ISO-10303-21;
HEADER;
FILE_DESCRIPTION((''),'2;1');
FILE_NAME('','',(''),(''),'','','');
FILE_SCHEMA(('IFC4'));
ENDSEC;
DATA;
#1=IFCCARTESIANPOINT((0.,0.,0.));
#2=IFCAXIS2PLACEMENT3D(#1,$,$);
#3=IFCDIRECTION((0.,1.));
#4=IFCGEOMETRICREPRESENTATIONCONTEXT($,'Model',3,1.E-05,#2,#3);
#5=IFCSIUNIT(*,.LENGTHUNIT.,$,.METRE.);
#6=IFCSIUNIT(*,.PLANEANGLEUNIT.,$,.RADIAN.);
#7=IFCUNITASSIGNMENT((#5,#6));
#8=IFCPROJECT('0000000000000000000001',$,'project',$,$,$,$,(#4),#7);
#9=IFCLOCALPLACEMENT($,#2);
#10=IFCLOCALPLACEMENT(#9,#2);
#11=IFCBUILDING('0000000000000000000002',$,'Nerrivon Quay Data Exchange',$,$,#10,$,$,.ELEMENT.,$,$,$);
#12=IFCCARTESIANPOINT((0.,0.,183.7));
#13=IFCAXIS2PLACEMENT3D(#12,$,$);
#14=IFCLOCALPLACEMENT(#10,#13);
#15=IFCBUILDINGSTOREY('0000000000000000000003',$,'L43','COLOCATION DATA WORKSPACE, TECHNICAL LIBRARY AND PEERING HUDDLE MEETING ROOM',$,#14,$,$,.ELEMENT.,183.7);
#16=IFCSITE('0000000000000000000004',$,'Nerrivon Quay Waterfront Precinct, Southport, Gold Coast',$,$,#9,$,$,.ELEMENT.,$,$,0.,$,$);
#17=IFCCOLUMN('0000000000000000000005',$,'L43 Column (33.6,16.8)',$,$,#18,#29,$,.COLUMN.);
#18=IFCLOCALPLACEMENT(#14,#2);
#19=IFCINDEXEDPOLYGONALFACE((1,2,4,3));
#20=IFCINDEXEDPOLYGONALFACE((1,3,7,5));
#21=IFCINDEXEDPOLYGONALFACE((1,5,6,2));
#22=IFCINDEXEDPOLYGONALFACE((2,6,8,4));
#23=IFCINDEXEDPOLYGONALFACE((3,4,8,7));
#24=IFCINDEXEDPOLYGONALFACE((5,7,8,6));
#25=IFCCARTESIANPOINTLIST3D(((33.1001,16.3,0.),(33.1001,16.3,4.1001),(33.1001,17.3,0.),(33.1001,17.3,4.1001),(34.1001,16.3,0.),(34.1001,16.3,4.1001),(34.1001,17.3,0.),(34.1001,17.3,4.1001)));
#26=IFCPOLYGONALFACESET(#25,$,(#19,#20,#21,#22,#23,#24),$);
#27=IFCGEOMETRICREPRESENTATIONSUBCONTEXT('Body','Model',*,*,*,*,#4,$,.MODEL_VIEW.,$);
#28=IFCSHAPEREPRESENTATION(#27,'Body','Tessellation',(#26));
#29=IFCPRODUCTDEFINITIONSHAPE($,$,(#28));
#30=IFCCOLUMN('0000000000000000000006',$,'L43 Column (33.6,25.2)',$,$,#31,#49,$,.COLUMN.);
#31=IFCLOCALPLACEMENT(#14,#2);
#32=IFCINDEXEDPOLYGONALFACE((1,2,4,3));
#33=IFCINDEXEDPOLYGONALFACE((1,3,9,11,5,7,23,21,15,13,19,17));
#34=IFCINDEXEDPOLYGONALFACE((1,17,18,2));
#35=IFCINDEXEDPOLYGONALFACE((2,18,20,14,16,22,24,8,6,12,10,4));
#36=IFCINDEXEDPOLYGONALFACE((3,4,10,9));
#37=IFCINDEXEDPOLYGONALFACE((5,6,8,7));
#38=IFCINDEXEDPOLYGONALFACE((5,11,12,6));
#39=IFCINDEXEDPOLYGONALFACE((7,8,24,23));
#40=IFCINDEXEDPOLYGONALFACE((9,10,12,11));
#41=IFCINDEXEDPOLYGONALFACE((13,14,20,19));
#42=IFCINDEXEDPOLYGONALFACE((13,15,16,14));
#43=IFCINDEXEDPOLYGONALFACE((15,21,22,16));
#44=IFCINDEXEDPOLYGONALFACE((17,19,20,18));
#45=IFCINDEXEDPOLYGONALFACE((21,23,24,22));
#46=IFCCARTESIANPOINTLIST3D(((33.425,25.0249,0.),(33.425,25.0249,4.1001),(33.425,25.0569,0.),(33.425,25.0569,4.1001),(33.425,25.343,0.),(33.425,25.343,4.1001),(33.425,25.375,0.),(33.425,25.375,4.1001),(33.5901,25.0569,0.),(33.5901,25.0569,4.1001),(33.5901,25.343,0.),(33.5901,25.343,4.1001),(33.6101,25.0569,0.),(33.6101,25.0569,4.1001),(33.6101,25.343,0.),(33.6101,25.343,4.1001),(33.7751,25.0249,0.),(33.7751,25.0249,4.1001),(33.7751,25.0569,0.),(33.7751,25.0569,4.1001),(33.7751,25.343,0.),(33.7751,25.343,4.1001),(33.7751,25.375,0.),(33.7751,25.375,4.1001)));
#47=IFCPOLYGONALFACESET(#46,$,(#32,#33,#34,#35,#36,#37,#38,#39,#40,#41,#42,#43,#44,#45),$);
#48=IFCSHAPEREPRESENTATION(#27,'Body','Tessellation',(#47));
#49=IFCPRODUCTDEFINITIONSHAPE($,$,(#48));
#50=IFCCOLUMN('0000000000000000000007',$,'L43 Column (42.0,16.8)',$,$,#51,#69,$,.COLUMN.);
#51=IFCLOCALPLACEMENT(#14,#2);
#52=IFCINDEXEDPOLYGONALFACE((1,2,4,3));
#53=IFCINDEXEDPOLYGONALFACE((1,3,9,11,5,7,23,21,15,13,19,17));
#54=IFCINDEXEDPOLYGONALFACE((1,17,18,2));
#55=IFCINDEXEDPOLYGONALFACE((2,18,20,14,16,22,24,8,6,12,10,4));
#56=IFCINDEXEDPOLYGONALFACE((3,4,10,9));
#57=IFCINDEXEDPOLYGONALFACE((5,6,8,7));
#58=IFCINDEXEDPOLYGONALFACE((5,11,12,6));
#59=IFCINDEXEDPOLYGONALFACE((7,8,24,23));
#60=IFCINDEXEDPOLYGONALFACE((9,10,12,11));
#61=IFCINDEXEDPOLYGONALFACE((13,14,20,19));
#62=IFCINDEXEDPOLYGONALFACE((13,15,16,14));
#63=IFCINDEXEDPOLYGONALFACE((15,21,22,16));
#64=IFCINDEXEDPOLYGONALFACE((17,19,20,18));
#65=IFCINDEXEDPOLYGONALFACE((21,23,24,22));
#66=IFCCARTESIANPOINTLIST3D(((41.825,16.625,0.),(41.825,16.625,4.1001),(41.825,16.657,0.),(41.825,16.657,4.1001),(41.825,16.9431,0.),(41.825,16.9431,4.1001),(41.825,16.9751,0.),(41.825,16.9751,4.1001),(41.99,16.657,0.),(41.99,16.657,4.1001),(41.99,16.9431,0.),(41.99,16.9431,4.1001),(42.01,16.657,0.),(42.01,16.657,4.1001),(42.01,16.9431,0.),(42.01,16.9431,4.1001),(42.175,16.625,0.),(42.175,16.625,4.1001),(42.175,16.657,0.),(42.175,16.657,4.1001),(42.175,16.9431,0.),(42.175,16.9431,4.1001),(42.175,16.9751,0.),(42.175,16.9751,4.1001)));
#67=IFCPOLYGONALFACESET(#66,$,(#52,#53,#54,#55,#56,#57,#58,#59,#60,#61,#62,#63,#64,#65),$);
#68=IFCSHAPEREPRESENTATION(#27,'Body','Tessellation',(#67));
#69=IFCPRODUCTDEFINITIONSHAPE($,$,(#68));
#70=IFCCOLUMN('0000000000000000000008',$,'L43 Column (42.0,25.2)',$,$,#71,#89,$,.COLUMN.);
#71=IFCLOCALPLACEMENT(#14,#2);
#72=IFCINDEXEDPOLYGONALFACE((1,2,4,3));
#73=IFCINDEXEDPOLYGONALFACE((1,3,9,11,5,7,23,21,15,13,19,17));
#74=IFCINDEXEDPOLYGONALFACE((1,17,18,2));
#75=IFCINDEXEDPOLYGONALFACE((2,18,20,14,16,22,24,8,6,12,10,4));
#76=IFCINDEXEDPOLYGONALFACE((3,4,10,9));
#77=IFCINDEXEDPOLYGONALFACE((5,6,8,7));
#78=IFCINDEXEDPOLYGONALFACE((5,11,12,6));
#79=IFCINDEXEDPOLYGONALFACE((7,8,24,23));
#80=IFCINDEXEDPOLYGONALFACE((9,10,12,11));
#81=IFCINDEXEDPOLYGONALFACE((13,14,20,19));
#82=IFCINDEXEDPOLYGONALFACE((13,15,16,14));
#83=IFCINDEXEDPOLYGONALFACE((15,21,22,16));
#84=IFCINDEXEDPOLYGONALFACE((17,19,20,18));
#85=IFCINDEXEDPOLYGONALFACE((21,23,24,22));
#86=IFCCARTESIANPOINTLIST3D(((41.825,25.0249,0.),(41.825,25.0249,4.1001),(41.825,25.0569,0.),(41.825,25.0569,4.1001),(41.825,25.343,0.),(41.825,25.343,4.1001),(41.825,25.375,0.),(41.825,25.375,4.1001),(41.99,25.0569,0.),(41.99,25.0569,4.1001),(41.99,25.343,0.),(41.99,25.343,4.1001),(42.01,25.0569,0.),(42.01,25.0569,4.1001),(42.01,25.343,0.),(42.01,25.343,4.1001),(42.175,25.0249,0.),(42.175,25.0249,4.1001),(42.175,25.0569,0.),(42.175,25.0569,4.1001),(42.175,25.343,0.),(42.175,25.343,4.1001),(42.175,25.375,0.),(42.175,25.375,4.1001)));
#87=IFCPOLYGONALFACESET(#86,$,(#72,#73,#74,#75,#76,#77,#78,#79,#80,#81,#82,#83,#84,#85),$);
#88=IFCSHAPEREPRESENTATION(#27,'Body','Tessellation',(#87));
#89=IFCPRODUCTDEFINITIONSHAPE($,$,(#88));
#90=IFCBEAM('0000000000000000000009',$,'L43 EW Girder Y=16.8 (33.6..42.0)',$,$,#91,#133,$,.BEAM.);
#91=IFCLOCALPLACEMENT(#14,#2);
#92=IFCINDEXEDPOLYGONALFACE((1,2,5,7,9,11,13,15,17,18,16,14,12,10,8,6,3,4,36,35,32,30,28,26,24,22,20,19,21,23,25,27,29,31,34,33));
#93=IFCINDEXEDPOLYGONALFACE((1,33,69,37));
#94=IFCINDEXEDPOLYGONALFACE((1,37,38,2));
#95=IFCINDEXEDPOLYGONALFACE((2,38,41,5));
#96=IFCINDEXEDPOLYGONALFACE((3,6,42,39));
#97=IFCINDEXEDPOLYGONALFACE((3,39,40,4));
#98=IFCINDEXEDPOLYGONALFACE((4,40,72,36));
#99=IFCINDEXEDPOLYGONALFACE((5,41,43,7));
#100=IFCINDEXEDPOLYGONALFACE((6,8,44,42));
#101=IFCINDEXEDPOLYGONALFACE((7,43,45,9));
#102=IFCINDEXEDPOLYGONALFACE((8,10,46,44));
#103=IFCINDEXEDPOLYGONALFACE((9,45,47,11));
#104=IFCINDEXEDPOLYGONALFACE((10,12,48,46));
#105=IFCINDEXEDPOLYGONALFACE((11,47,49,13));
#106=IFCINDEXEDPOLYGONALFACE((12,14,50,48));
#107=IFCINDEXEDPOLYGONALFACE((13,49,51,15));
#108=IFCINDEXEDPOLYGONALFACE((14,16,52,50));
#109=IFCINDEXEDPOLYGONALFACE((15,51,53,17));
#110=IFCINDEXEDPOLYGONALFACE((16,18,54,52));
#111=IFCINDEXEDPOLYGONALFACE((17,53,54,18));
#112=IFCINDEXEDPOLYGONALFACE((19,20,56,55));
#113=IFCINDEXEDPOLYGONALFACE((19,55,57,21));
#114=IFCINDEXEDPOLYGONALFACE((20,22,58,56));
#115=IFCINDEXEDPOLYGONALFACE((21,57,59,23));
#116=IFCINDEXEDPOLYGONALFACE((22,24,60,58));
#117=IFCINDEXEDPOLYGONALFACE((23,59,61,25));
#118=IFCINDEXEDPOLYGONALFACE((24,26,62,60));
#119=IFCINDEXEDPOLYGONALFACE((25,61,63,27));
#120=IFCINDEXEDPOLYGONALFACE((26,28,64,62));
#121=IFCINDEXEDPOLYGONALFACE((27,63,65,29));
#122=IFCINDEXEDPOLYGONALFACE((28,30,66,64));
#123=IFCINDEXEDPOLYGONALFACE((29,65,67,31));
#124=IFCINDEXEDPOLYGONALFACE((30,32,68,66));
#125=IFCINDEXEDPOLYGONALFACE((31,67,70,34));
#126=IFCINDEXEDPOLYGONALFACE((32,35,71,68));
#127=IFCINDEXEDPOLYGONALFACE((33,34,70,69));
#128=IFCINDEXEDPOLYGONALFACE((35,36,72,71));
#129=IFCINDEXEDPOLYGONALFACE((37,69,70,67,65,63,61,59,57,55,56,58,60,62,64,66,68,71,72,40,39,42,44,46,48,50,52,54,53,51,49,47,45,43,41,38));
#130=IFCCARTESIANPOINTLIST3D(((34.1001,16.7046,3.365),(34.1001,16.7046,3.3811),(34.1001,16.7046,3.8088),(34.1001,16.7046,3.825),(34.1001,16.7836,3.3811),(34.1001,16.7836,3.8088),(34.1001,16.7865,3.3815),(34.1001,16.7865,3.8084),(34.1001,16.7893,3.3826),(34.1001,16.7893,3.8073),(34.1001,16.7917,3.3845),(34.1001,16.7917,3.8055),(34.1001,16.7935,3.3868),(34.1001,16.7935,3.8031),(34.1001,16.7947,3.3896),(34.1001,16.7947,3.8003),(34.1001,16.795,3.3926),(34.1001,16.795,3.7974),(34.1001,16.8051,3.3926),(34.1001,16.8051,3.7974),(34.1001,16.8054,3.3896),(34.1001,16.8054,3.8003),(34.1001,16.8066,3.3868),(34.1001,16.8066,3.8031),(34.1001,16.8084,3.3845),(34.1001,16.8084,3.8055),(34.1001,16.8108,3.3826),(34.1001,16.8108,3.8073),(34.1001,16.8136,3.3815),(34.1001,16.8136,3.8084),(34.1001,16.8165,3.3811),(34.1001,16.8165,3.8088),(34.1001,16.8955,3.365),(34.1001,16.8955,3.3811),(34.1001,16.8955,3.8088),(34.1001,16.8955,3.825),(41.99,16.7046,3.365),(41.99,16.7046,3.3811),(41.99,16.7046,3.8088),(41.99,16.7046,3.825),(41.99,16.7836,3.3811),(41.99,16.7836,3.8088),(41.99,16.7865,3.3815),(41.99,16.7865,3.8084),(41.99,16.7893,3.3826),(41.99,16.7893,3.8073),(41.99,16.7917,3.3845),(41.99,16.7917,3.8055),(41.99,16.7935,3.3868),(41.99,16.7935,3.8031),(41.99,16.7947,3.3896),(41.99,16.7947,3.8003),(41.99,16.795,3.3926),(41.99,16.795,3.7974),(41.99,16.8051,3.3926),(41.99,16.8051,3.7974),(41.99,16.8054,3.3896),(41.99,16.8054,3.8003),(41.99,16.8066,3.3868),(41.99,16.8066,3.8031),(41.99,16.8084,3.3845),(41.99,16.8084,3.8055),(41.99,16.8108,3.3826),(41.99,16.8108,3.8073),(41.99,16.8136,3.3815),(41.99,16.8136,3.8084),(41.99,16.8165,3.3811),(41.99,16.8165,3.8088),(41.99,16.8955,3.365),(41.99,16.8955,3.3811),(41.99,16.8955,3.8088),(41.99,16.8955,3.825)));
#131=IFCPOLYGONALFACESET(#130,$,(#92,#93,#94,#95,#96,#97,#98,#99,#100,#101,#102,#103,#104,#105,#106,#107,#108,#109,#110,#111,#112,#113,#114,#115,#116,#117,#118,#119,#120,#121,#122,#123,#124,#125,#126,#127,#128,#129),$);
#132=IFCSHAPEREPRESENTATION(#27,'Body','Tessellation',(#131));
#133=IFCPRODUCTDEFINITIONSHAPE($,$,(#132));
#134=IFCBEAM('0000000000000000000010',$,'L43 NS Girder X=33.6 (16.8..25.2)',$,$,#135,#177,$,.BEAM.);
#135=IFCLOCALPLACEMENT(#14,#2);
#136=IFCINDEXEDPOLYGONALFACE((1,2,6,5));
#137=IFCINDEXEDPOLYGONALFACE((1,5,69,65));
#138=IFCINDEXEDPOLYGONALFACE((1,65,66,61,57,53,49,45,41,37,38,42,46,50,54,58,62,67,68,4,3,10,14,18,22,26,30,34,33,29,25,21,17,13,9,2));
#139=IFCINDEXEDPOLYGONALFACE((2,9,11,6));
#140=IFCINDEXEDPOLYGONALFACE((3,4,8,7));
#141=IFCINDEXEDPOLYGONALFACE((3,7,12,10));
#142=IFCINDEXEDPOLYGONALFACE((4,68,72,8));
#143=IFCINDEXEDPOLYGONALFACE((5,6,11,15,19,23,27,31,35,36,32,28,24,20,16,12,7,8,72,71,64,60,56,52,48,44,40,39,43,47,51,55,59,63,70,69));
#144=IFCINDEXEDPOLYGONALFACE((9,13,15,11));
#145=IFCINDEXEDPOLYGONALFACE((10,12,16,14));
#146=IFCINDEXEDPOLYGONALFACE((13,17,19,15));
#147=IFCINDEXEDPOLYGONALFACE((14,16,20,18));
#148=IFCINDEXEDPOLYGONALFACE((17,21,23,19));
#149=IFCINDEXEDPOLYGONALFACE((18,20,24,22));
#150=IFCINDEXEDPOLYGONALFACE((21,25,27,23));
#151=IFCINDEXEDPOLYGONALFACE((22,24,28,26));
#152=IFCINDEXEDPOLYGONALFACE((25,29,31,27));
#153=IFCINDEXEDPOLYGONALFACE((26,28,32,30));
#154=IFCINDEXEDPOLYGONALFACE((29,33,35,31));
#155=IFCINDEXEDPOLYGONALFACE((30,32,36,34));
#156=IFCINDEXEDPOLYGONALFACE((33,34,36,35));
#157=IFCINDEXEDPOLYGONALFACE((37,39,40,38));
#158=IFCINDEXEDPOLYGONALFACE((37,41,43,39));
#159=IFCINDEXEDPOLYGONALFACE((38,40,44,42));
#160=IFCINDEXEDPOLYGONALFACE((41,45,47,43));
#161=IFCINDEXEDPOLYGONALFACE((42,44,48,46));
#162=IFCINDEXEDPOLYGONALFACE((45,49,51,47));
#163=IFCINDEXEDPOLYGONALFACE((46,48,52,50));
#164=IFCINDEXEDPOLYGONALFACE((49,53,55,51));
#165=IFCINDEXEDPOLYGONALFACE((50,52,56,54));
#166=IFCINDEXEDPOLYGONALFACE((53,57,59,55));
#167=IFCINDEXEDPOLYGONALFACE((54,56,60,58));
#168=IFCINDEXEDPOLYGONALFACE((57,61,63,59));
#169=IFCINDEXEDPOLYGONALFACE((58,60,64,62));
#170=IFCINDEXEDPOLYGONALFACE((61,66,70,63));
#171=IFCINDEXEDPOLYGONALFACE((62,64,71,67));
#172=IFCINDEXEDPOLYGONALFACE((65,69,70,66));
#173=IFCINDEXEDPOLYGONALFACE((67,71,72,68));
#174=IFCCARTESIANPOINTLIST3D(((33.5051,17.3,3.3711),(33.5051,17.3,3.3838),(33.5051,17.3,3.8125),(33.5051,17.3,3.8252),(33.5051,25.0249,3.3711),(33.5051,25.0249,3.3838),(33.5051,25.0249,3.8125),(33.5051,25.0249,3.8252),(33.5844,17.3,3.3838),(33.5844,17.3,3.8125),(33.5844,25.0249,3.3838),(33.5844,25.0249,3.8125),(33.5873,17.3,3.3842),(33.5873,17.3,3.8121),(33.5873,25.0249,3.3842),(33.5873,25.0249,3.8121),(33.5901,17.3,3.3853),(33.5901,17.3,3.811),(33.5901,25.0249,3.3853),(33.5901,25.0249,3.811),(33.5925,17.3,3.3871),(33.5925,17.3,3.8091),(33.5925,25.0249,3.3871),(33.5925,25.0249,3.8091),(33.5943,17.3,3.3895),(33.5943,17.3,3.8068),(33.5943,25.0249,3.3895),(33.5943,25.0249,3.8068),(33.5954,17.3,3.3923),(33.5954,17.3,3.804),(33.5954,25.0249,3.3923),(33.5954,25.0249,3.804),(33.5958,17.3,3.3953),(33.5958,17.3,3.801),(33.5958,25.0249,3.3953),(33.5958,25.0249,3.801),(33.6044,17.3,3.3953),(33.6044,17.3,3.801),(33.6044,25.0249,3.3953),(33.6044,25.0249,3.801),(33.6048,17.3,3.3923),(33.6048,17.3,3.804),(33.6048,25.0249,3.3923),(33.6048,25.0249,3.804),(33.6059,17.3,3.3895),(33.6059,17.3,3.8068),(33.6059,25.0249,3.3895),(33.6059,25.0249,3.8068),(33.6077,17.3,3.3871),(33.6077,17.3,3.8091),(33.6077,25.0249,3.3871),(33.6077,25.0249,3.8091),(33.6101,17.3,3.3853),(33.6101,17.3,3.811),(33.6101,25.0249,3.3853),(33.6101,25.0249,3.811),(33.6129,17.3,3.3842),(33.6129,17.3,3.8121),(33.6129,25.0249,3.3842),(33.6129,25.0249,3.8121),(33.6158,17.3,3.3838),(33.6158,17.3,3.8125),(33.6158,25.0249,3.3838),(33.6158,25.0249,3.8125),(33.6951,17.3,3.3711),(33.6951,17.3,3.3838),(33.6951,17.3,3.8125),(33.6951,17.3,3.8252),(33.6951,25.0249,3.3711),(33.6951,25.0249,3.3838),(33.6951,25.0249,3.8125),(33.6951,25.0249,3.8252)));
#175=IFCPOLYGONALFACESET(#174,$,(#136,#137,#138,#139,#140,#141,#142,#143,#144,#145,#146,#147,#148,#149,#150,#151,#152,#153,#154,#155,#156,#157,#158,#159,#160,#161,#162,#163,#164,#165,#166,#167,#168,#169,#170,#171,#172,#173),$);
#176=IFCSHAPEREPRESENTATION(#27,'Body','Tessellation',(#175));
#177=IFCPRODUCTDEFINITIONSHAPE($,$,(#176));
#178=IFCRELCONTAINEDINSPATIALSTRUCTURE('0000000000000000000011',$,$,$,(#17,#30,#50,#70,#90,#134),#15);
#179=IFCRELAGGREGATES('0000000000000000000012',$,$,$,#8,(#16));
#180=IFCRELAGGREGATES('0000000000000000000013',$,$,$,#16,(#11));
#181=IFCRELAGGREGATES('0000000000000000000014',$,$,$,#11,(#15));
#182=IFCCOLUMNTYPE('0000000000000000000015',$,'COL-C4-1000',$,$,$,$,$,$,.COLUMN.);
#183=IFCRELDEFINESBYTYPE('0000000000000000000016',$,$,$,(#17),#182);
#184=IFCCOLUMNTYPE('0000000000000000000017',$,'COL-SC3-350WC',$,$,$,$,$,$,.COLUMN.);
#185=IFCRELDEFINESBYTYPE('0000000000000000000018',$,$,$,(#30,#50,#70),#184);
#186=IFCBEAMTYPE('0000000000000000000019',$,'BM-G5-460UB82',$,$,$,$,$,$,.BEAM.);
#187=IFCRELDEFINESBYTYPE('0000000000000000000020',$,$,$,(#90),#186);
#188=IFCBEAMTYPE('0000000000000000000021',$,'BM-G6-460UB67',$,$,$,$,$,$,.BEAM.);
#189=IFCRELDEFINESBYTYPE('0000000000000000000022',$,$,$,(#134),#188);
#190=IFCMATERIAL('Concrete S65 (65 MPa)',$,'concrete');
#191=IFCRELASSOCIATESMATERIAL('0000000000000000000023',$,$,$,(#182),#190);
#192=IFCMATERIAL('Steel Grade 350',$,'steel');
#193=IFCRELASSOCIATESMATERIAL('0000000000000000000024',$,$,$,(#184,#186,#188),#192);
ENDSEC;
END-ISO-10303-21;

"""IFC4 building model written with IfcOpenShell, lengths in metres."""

from ifc_helpers import new_model, si_unit, direction, frame, origin, origin_2d, place, context, subcontext, project, spatial, rectangle, i_section, extrude, material, material_profile, profile_set, type_object, element, save


model = new_model("IFC4")

# Units and contexts
model_context = context("Model", 3, precision=1e-05, world=origin(), true_north=direction((0.0, 1.0)))
body_context = subcontext(model_context, "Body", "Model", "MODEL_VIEW")
ifc_project = project(units=[si_unit("LENGTHUNIT", "METRE"), si_unit("PLANEANGLEUNIT", "RADIAN")], contexts=[model_context])

# Site, building, storey
site_placement = place(None, origin())
site = spatial("IfcSite", under=ifc_project, at=site_placement, Name="Nerrivon Quay Waterfront Precinct, Southport, Gold Coast", CompositionType="ELEMENT", RefElevation=0.0)
building_placement = place(site_placement, origin())
building = spatial("IfcBuilding", under=site, at=building_placement, Name="Nerrivon Quay Data Exchange", CompositionType="ELEMENT")
storey_placement = place(building_placement, frame((0.0, 0.0, 183.7)))
storey = spatial("IfcBuildingStorey", under=building, at=storey_placement, Name="L43", Description="COLOCATION DATA WORKSPACE, TECHNICAL LIBRARY AND PEERING HUDDLE MEETING ROOM", CompositionType="ELEMENT", Elevation=183.7)

# Columns
ifc_material_1 = material(Name="Concrete S65 (65 MPa)", Category="concrete")
ifc_material_profile_1 = material_profile(ifc_material_1, rectangle(XDim=1.0, YDim=1.0, at=origin_2d()), Name="RC-COL-1000x1000")
ifc_profile_set_1 = profile_set([ifc_material_profile_1], Name="Concrete S65 (65 MPa)")
column_type_1 = type_object("IfcColumnType", Name="COL-C4-1000", PredefinedType="COLUMN", material=ifc_profile_set_1)
column_placement = place(storey_placement, frame((33.6001, 16.8, 0.0), z_axis=(0.0, 0.0, 1.0), x_axis=(1.0, 0.0, 0.0)))
element("IfcColumn", 1, at=column_placement, inside=storey, type_object=column_type_1, Name="L43 Column (33.6,16.8)", PredefinedType="COLUMN", context=body_context, shape_type="SweptSolid", body=[
    extrude(rectangle(XDim=1.0, YDim=1.0, at=origin_2d()), origin(), (0.0, 0.0, 1.0), 4.1001),
])
ifc_material_2 = material(Name="Steel Grade 350", Category="steel")
ifc_material_profile_2 = material_profile(ifc_material_2, i_section(OverallWidth=0.3501, OverallDepth=0.3501, WebThickness=0.02, FlangeThickness=0.032, at=origin_2d()), Name="350WC230")
ifc_profile_set_2 = profile_set([ifc_material_profile_2], Name="Steel Grade 350")
column_type_2 = type_object("IfcColumnType", Name="COL-SC3-350WC", PredefinedType="COLUMN", material=ifc_profile_set_2)
for number, where, z_axis, x_axis, name in (
    (2, (33.6001, 25.2, 0.0), (0.0, 0.0, 1.0), (1.0, 0.0, 0.0), "L43 Column (33.6,25.2)"),
    (3, (42.0, 16.8, 0.0), (0.0, 0.0, 1.0), (1.0, 0.0, 0.0), "L43 Column (42.0,16.8)"),
    (4, (42.0, 25.2, 0.0), (0.0, 0.0, 1.0), (1.0, 0.0, 0.0), "L43 Column (42.0,25.2)"),
):
    element("IfcColumn", number, at=place(storey_placement, frame(where, z_axis=z_axis, x_axis=x_axis)), inside=storey, type_object=column_type_2, Name=name, PredefinedType="COLUMN", context=body_context, shape_type="SweptSolid", body=[
        extrude(i_section(OverallWidth=0.3501, OverallDepth=0.3501, WebThickness=0.02, FlangeThickness=0.032, at=origin_2d()), origin(), (0.0, 0.0, 1.0), 4.1001),
    ])

# Beams
ifc_material_profile_3 = material_profile(ifc_material_2, i_section(OverallWidth=0.1909, OverallDepth=0.46, WebThickness=0.01, FlangeThickness=0.0161, FilletRadius=0.0115, at=origin_2d()), Name="460UB82.1")
ifc_profile_set_3 = profile_set([ifc_material_profile_3], Name="Steel Grade 350")
beam_type_1 = type_object("IfcBeamType", Name="BM-G5-460UB82", PredefinedType="BEAM", material=ifc_profile_set_3)
beam_1_placement = place(storey_placement, frame((34.1001, 16.8, 3.595), z_axis=(1.0, 0.0, 0.0), x_axis=(0.0, 1.0, 0.0)))
element("IfcBeam", 5, at=beam_1_placement, inside=storey, type_object=beam_type_1, Name="L43 EW Girder Y=16.8 (33.6..42.0)", PredefinedType="BEAM", context=body_context, shape_type="SweptSolid", body=[
    extrude(i_section(OverallWidth=0.1909, OverallDepth=0.46, WebThickness=0.01, FlangeThickness=0.0161, FilletRadius=0.0115, at=origin_2d()), origin(), (0.0, 0.0, 1.0), 7.8899),
])
ifc_material_profile_4 = material_profile(ifc_material_2, i_section(OverallWidth=0.1899, OverallDepth=0.4541, WebThickness=0.0085, FlangeThickness=0.0127, FilletRadius=0.0115, at=origin_2d()), Name="460UB67.1")
ifc_profile_set_4 = profile_set([ifc_material_profile_4], Name="Steel Grade 350")
beam_type_2 = type_object("IfcBeamType", Name="BM-G6-460UB67", PredefinedType="BEAM", material=ifc_profile_set_4)
beam_2_placement = place(storey_placement, frame((33.6001, 17.3, 3.5981), z_axis=(0.0, 1.0, 0.0), x_axis=(-1.0, 0.0, 0.0)))
element("IfcBeam", 6, at=beam_2_placement, inside=storey, type_object=beam_type_2, Name="L43 NS Girder X=33.6 (16.8..25.2)", PredefinedType="BEAM", context=body_context, shape_type="SweptSolid", body=[
    extrude(i_section(OverallWidth=0.1899, OverallDepth=0.4541, WebThickness=0.0085, FlangeThickness=0.0127, FilletRadius=0.0115, at=origin_2d()), origin(), (0.0, 0.0, 1.0), 7.7249),
])

save(model, "model.ifc")
